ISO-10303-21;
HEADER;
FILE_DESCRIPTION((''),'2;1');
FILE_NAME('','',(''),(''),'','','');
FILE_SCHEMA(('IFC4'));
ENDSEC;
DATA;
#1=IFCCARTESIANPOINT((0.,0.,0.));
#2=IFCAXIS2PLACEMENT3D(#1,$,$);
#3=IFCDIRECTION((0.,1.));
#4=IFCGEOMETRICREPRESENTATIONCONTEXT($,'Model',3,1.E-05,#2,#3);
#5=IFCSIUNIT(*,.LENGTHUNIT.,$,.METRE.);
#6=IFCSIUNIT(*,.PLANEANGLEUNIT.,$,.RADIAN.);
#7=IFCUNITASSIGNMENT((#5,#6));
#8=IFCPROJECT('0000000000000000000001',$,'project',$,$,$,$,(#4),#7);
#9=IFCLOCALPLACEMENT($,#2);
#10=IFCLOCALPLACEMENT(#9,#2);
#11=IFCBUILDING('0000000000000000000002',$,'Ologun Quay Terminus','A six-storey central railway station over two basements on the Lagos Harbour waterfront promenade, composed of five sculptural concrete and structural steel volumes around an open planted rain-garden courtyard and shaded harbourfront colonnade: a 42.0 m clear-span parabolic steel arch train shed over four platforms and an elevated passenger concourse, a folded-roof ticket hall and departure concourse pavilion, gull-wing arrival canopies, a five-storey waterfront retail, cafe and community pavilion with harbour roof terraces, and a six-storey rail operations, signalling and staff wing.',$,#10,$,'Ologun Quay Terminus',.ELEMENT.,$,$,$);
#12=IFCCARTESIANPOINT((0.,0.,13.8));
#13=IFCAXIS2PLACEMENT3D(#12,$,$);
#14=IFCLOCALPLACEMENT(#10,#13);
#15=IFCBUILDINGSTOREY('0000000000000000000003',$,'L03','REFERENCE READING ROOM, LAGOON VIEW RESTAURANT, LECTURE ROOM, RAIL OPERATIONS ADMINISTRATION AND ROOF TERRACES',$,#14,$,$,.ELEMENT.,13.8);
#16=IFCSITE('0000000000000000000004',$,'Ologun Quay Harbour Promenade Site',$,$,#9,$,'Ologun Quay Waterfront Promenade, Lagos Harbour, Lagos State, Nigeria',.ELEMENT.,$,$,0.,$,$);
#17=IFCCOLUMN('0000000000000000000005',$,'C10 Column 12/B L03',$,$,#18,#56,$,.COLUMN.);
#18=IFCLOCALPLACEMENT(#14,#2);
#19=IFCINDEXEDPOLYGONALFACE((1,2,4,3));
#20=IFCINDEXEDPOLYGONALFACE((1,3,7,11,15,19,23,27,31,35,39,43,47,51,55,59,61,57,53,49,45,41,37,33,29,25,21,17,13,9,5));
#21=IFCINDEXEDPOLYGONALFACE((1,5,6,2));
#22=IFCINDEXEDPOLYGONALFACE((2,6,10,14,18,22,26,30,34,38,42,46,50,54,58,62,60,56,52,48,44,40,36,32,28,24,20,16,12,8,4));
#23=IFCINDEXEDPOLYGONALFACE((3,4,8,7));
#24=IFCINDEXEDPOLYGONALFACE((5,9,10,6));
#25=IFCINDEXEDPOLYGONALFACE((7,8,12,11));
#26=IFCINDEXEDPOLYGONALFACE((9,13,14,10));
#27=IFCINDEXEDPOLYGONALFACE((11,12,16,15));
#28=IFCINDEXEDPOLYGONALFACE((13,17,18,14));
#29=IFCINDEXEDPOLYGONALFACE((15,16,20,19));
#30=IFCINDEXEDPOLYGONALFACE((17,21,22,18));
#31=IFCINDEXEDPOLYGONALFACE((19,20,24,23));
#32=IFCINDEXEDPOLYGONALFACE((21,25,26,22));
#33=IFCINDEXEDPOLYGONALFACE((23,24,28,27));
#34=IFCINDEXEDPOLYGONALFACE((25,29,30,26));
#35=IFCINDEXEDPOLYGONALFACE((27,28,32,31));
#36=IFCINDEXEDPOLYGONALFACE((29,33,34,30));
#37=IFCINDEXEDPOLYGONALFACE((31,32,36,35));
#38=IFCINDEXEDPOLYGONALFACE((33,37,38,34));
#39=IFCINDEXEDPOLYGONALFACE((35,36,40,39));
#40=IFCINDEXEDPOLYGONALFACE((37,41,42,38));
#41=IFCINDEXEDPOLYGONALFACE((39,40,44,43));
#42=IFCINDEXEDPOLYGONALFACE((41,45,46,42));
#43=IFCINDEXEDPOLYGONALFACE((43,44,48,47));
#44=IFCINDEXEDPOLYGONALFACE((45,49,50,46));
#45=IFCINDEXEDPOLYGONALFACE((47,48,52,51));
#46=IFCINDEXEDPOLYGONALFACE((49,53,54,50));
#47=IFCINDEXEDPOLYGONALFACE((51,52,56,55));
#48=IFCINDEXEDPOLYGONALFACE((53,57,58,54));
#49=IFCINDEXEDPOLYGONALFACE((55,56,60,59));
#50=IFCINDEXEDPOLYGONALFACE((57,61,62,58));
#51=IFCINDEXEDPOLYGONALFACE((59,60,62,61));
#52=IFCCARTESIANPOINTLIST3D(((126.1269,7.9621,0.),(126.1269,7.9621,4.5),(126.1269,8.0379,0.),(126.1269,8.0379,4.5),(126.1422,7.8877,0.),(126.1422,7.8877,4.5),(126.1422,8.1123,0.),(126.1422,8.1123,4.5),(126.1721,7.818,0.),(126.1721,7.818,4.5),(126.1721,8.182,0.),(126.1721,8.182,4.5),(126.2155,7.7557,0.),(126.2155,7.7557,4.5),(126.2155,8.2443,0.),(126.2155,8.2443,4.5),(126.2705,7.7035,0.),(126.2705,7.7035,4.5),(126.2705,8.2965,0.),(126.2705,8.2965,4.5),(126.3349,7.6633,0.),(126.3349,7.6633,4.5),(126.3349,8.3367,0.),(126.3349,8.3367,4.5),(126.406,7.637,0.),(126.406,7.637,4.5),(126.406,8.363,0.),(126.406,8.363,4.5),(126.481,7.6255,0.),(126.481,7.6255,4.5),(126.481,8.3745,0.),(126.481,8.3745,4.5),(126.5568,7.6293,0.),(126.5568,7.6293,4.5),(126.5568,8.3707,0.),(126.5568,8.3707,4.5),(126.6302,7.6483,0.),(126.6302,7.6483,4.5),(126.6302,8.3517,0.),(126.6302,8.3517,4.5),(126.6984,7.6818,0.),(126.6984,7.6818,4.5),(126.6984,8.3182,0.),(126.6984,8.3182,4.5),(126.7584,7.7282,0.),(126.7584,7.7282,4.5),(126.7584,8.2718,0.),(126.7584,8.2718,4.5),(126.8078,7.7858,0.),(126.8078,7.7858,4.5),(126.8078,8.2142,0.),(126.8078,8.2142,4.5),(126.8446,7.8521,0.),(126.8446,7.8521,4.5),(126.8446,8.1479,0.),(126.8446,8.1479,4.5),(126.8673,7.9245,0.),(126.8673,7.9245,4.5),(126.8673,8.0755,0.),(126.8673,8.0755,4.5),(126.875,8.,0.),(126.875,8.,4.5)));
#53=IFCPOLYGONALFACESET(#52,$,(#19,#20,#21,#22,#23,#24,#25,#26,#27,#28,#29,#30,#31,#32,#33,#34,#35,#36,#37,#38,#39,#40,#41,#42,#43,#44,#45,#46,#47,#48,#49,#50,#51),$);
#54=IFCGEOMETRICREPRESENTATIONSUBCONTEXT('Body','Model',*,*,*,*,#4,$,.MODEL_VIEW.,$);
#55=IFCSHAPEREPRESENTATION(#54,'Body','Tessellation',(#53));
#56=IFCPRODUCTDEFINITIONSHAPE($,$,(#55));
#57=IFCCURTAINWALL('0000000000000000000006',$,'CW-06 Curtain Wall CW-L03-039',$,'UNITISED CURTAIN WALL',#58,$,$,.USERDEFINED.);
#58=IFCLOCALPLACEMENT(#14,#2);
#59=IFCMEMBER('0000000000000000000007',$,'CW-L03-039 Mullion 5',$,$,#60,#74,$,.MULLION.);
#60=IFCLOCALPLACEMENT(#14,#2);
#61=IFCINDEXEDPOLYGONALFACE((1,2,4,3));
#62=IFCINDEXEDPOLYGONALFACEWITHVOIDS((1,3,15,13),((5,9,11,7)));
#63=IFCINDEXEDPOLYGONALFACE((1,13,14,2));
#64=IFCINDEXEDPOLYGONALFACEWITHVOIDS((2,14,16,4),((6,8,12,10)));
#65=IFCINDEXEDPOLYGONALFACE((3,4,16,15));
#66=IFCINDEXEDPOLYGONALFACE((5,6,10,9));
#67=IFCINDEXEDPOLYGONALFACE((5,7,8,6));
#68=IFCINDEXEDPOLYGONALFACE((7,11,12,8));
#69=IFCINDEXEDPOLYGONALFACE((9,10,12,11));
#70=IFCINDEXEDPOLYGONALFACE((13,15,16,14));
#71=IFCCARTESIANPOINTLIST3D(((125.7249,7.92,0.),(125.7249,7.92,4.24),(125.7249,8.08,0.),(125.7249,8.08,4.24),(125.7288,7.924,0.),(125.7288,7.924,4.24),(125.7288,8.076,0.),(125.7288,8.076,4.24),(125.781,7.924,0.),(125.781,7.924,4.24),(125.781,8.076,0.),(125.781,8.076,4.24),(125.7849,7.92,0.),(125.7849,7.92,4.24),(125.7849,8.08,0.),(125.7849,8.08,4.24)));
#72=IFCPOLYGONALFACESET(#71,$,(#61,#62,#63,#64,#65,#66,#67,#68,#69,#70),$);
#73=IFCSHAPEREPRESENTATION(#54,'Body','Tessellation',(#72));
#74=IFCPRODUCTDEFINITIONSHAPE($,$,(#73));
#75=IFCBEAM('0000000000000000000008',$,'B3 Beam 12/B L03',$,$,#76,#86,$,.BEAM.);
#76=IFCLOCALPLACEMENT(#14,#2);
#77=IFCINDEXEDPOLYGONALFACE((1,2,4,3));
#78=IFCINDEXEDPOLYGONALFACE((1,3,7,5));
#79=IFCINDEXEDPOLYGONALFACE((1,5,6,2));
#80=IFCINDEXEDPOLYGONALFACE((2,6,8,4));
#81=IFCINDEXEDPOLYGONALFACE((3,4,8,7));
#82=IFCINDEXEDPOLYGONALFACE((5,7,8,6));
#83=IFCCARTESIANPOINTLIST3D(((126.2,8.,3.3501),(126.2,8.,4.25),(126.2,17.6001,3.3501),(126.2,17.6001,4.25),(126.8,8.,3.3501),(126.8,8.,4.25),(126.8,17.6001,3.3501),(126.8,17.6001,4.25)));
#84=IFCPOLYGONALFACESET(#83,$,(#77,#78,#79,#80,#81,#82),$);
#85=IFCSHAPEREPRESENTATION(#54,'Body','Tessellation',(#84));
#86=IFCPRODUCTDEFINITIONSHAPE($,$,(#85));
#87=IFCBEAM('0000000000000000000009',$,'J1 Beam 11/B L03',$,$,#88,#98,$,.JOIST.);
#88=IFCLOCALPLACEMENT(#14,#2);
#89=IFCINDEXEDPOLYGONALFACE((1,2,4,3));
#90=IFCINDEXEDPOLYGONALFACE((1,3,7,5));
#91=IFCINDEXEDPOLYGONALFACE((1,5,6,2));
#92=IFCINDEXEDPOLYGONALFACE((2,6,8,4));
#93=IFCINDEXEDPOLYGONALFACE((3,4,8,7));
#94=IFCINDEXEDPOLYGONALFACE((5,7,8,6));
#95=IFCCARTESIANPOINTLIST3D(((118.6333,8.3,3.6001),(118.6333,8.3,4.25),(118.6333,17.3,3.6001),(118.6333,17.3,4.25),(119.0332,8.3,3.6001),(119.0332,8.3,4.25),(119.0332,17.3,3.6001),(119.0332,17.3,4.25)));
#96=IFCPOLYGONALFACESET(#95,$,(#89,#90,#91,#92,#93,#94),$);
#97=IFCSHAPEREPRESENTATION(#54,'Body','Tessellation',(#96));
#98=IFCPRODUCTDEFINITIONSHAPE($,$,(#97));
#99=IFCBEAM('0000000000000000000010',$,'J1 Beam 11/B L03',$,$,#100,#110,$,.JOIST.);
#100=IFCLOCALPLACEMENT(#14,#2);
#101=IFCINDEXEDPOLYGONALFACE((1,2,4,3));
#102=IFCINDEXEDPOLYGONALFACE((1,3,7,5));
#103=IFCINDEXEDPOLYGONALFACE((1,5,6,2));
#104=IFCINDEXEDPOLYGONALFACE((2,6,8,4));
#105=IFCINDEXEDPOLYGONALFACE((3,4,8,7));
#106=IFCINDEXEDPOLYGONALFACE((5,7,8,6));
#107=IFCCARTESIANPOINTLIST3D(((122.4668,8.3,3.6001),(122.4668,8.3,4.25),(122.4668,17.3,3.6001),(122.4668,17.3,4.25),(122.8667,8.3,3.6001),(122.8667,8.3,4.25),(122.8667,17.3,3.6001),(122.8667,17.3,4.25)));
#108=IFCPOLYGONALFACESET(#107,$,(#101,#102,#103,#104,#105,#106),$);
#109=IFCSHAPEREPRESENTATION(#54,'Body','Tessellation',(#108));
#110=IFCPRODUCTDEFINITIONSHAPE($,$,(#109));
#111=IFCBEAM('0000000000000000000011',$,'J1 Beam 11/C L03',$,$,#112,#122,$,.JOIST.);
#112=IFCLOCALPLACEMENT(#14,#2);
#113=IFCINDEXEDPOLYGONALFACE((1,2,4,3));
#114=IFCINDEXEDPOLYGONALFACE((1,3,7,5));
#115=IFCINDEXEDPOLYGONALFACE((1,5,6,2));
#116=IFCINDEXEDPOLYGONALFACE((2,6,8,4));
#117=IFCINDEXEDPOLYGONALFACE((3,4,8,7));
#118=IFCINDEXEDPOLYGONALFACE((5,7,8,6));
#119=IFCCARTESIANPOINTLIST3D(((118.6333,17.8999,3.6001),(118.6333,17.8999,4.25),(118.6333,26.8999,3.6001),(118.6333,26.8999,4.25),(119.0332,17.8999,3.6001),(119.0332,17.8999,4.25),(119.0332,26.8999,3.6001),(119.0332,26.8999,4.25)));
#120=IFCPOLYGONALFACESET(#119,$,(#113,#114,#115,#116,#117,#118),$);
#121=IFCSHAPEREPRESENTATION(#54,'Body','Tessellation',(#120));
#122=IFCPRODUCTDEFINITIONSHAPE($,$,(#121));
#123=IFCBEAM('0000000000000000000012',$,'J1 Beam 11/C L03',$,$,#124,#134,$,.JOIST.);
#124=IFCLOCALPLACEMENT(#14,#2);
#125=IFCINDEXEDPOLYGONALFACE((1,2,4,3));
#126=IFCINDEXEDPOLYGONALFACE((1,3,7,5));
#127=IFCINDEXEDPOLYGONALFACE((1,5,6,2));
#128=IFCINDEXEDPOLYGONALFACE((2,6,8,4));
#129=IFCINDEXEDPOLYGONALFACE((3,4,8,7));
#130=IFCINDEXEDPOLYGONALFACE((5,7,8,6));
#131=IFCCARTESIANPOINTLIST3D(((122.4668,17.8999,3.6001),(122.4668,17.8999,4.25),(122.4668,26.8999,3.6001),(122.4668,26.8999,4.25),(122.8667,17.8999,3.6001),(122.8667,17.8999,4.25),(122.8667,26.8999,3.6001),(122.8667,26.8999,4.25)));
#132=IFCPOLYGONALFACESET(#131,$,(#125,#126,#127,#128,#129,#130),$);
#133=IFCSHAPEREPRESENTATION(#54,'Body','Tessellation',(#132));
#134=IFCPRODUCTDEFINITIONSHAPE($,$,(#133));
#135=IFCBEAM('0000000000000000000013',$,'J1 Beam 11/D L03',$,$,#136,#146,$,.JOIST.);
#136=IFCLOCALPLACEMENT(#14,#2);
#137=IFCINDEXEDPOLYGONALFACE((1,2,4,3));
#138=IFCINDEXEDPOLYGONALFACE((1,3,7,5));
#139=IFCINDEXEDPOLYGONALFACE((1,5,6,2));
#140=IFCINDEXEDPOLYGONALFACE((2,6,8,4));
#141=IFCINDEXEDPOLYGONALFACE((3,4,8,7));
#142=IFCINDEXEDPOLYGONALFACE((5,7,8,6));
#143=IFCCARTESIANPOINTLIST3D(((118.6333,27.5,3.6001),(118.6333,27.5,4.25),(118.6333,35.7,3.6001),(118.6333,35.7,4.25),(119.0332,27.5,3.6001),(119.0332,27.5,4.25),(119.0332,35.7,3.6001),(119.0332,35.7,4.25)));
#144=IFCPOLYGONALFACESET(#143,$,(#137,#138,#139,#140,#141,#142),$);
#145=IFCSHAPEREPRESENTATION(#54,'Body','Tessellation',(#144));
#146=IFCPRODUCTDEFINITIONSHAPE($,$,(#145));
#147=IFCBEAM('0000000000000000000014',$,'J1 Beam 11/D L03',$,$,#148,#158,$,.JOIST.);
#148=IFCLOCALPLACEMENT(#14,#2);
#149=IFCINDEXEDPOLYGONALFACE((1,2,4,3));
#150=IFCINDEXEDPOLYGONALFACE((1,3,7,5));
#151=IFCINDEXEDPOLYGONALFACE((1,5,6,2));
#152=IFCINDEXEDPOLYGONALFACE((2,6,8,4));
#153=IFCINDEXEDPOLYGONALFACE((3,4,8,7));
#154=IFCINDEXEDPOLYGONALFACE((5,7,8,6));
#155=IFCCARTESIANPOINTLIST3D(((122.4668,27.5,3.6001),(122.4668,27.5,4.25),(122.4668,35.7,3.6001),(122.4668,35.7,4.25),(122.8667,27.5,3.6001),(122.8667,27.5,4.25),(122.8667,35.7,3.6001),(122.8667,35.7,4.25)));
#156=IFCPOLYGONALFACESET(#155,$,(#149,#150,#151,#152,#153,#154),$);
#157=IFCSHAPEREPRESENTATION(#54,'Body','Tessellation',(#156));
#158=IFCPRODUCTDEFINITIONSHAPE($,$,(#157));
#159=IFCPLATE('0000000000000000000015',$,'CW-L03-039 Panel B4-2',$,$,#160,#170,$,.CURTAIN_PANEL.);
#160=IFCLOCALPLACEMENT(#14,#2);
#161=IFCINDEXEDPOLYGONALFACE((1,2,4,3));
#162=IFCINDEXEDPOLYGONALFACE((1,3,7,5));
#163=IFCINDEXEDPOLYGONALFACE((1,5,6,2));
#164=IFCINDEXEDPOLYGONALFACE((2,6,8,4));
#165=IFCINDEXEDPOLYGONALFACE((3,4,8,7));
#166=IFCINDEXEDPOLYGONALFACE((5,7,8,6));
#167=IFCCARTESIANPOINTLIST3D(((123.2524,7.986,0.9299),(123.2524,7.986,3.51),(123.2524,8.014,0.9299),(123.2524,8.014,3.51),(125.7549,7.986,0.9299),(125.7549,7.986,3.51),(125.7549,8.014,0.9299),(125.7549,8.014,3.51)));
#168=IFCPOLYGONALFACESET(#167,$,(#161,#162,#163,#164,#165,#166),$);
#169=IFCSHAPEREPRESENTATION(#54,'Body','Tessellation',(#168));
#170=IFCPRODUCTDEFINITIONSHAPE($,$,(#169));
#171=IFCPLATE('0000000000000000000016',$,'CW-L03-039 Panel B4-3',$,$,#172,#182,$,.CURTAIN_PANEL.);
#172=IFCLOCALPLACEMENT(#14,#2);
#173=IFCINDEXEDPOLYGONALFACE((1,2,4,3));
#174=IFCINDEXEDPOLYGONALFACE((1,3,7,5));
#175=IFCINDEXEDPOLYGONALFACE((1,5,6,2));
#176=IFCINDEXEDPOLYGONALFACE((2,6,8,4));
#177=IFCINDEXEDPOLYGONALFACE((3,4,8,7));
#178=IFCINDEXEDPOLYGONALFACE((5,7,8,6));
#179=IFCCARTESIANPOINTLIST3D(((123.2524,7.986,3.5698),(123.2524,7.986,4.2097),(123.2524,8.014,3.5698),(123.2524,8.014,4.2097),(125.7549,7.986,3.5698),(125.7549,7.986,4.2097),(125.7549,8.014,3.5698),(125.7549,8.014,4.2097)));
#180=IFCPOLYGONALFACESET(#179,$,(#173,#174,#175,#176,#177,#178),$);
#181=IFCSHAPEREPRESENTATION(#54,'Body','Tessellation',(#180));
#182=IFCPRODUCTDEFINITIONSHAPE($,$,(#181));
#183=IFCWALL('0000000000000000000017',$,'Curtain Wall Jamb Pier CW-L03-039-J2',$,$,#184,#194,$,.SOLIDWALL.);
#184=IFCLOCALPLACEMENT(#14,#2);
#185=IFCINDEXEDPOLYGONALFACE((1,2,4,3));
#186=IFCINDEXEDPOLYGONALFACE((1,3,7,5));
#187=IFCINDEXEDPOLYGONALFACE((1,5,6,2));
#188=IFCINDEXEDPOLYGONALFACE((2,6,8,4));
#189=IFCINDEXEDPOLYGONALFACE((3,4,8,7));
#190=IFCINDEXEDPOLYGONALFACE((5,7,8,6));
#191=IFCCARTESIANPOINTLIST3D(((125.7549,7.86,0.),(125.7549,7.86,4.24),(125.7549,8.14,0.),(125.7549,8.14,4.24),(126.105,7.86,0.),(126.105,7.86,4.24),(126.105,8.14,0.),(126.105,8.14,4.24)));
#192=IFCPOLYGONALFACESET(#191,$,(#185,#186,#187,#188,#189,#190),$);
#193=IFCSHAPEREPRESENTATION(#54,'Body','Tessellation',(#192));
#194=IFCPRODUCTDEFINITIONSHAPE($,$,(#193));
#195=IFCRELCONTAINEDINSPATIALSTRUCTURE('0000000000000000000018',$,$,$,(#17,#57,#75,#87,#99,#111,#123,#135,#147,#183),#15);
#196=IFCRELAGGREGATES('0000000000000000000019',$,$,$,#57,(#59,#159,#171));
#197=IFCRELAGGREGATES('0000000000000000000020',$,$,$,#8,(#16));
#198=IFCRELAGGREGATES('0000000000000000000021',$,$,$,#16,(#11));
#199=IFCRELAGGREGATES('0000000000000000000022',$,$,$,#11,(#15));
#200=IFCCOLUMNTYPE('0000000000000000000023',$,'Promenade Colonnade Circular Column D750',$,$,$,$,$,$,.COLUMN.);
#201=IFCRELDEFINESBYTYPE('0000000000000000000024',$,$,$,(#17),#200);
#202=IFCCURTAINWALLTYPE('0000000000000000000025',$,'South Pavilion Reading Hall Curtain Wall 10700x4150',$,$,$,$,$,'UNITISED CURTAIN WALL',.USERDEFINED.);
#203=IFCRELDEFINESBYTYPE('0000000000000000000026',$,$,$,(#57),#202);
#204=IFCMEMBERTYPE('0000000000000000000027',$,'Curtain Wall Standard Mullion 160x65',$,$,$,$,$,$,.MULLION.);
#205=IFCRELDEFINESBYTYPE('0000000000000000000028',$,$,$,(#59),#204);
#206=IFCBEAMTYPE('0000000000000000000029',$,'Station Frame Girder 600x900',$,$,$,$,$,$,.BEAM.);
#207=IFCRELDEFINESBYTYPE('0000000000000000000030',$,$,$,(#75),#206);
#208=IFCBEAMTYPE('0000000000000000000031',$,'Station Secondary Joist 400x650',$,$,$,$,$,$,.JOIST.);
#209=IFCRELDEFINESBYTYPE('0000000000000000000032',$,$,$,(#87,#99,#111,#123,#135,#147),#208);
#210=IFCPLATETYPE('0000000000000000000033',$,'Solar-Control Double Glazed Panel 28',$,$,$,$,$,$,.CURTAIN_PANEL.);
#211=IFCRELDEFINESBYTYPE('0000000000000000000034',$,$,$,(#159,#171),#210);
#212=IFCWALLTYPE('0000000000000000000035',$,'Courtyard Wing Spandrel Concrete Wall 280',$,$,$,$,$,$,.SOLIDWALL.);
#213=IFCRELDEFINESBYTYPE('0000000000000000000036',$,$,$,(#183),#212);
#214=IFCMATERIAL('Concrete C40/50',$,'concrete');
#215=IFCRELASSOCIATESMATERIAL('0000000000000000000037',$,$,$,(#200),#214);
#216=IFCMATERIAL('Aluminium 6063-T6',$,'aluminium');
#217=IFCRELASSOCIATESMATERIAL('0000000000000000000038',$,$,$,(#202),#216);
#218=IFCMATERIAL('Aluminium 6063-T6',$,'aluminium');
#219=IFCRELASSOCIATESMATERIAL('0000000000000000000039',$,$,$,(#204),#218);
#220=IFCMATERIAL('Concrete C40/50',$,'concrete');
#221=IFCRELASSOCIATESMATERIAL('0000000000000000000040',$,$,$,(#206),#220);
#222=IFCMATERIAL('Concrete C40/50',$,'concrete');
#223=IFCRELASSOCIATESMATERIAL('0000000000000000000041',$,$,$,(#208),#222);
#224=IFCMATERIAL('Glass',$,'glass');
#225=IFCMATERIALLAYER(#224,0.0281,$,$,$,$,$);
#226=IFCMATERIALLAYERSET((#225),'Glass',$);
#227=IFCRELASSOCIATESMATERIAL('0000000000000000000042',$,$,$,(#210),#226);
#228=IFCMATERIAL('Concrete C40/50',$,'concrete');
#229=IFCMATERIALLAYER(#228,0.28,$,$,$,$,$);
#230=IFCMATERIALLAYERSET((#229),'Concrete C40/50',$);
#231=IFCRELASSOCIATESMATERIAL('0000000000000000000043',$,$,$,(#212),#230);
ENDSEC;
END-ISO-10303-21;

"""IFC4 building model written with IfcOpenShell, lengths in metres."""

from ifc_helpers import new_model, si_unit, direction, frame, frame_2d, origin, origin_2d, place, context, subcontext, project, spatial, rectangle, hollow_rectangle, circle, extrude, material, layer, layer_set, material_profile, profile_set, type_object, element, aggregate, save


model = new_model("IFC4")

# Units and contexts
model_context = context("Model", 3, precision=1e-05, world=origin(), true_north=direction((0.0, 1.0)))
body_context = subcontext(model_context, "Body", "Model", "MODEL_VIEW")
ifc_project = project(units=[si_unit("LENGTHUNIT", "METRE"), si_unit("PLANEANGLEUNIT", "RADIAN")], contexts=[model_context])

# Site, building, storey
site_placement = place(None, origin())
site = spatial("IfcSite", under=ifc_project, at=site_placement, Name="Ologun Quay Harbour Promenade Site", LongName="Ologun Quay Waterfront Promenade, Lagos Harbour, Lagos State, Nigeria", CompositionType="ELEMENT", RefElevation=0.0)
building_placement = place(site_placement, origin())
building = spatial("IfcBuilding", under=site, at=building_placement, Name="Ologun Quay Terminus", Description="A six-storey central railway station over two basements on the Lagos Harbour waterfront promenade, composed of five sculptural concrete and structural steel volumes around an open planted rain-garden courtyard and shaded harbourfront colonnade: a 42.0 m clear-span parabolic steel arch train shed over four platforms and an elevated passenger concourse, a folded-roof ticket hall and departure concourse pavilion, gull-wing arrival canopies, a five-storey waterfront retail, cafe and community pavilion with harbour roof terraces, and a six-storey rail operations, signalling and staff wing.", LongName="Ologun Quay Terminus", CompositionType="ELEMENT")
storey_placement = place(building_placement, frame((0.0, 0.0, 13.8)))
storey = spatial("IfcBuildingStorey", under=building, at=storey_placement, Name="L03", Description="REFERENCE READING ROOM, LAGOON VIEW RESTAURANT, LECTURE ROOM, RAIL OPERATIONS ADMINISTRATION AND ROOF TERRACES", CompositionType="ELEMENT", Elevation=13.8)

# Column
ifc_material_1 = material(Name="Concrete C40/50", Category="concrete")
ifc_material_profile_1 = material_profile(ifc_material_1, circle(Radius=0.375, at=origin_2d()), Name="RC D750")
ifc_profile_set_1 = profile_set([ifc_material_profile_1], Name="Concrete C40/50")
column_type = type_object("IfcColumnType", Name="Promenade Colonnade Circular Column D750", PredefinedType="COLUMN", material=ifc_profile_set_1)
column_placement = place(storey_placement, frame((126.5, 8.0, 0.0), z_axis=(0.0, 0.0, 1.0), x_axis=(1.0, 0.0, 0.0)))
element("IfcColumn", 1, at=column_placement, inside=storey, type_object=column_type, Name="C10 Column 12/B L03", PredefinedType="COLUMN", context=body_context, shape_type="SweptSolid", body=[
    extrude(circle(Radius=0.375, at=origin_2d()), origin(), (0.0, 0.0, 1.0), 4.5),
])

# Curtain wall, member
ifc_material_2 = material(Name="Aluminium 6063-T6", Category="aluminium")
curtain_wall_type = type_object("IfcCurtainWallType", Name="South Pavilion Reading Hall Curtain Wall 10700x4150", ElementType="UNITISED CURTAIN WALL", PredefinedType="USERDEFINED", material=ifc_material_2)
curtain_wall_placement = place(storey_placement, origin())
curtain_wall = element("IfcCurtainWall", 2, at=curtain_wall_placement, inside=storey, type_object=curtain_wall_type, Name="CW-06 Curtain Wall CW-L03-039", ObjectType="UNITISED CURTAIN WALL", PredefinedType="USERDEFINED")
ifc_material_3 = material(Name="Aluminium 6063-T6", Category="aluminium")
ifc_material_profile_2 = material_profile(ifc_material_3, hollow_rectangle(XDim=0.0601, YDim=0.1599, WallThickness=0.0039, at=origin_2d()), Name="ALU 160x60x4")
ifc_profile_set_2 = profile_set([ifc_material_profile_2], Name="Aluminium 6063-T6")
member_type = type_object("IfcMemberType", Name="Curtain Wall Standard Mullion 160x65", PredefinedType="MULLION", material=ifc_profile_set_2)
member_placement = place(storey_placement, frame((125.7549, 8.0, 0.0), z_axis=(0.0, 0.0, 1.0), x_axis=(1.0, 0.0, 0.0)))
member = element("IfcMember", 3, at=member_placement, type_object=member_type, Name="CW-L03-039 Mullion 5", PredefinedType="MULLION", context=body_context, shape_type="SweptSolid", body=[
    extrude(hollow_rectangle(XDim=0.0601, YDim=0.1599, WallThickness=0.0039, at=origin_2d()), origin(), (0.0, 0.0, 1.0), 4.24),
])

# Beams
ifc_material_4 = material(Name="Concrete C40/50", Category="concrete")
ifc_material_profile_3 = material_profile(ifc_material_4, rectangle(XDim=0.6001, YDim=0.8999, at=origin_2d()), Name="RC 600x900")
ifc_profile_set_3 = profile_set([ifc_material_profile_3], Name="Concrete C40/50")
beam_type_1 = type_object("IfcBeamType", Name="Station Frame Girder 600x900", PredefinedType="BEAM", material=ifc_profile_set_3)
beam_placement = place(storey_placement, frame((126.5, 8.0, 3.8), z_axis=(0.0, 1.0, 0.0), x_axis=(-1.0, 0.0, 0.0)))
element("IfcBeam", 4, at=beam_placement, inside=storey, type_object=beam_type_1, Name="B3 Beam 12/B L03", PredefinedType="BEAM", context=body_context, shape_type="SweptSolid", body=[
    extrude(rectangle(XDim=0.6001, YDim=0.8999, at=origin_2d()), origin(), (0.0, 0.0, 1.0), 9.6001),
])
ifc_material_5 = material(Name="Concrete C40/50", Category="concrete")
ifc_material_profile_4 = material_profile(ifc_material_5, rectangle(XDim=0.3999, YDim=0.6499, at=origin_2d()), Name="RC 400x650")
ifc_profile_set_4 = profile_set([ifc_material_profile_4], Name="Concrete C40/50")
beam_type_2 = type_object("IfcBeamType", Name="Station Secondary Joist 400x650", PredefinedType="JOIST", material=ifc_profile_set_4)
for number, where, z_axis, x_axis, name in (
    (5, (118.8333, 8.3, 3.925), (0.0, 1.0, 0.0), (-1.0, 0.0, 0.0), "J1 Beam 11/B L03"),
    (6, (122.6667, 8.3, 3.925), (0.0, 1.0, 0.0), (-1.0, 0.0, 0.0), "J1 Beam 11/B L03"),
    (7, (118.8333, 17.8999, 3.925), (0.0, 1.0, 0.0), (-1.0, 0.0, 0.0), "J1 Beam 11/C L03"),
    (8, (122.6667, 17.8999, 3.925), (0.0, 1.0, 0.0), (-1.0, 0.0, 0.0), "J1 Beam 11/C L03"),
):
    element("IfcBeam", number, at=place(storey_placement, frame(where, z_axis=z_axis, x_axis=x_axis)), inside=storey, type_object=beam_type_2, Name=name, PredefinedType="JOIST", context=body_context, shape_type="SweptSolid", body=[
        extrude(rectangle(XDim=0.3999, YDim=0.6499, at=origin_2d()), origin(), (0.0, 0.0, 1.0), 9.0),
    ])
for number, where, z_axis, x_axis, name in (
    (9, (118.8333, 27.5, 3.925), (0.0, 1.0, 0.0), (-1.0, 0.0, 0.0), "J1 Beam 11/D L03"),
    (10, (122.6667, 27.5, 3.925), (0.0, 1.0, 0.0), (-1.0, 0.0, 0.0), "J1 Beam 11/D L03"),
):
    element("IfcBeam", number, at=place(storey_placement, frame(where, z_axis=z_axis, x_axis=x_axis)), inside=storey, type_object=beam_type_2, Name=name, PredefinedType="JOIST", context=body_context, shape_type="SweptSolid", body=[
        extrude(rectangle(XDim=0.3999, YDim=0.6499, at=origin_2d()), origin(), (0.0, 0.0, 1.0), 8.2),
    ])

# Plates
ifc_material_6 = material(Name="Glass", Category="glass")
ifc_layer_1 = layer(ifc_material_6, 0.0281)
ifc_layer_set_1 = layer_set([ifc_layer_1], Name="Glass")
plate_type = type_object("IfcPlateType", Name="Solar-Control Double Glazed Panel 28", PredefinedType="CURTAIN_PANEL", material=ifc_layer_set_1)
plate_1_placement = place(storey_placement, frame((124.5037, 8.0, 0.9299), z_axis=(0.0, 0.0, 1.0), x_axis=(1.0, 0.0, 0.0)))
plate_1 = element("IfcPlate", 11, at=plate_1_placement, type_object=plate_type, Name="CW-L03-039 Panel B4-2", PredefinedType="CURTAIN_PANEL", context=body_context, shape_type="SweptSolid", body=[
    extrude(rectangle(XDim=2.5024, YDim=0.0281, at=origin_2d()), origin(), (0.0, 0.0, 1.0), 2.5801),
])
plate_2_placement = place(storey_placement, frame((124.5037, 8.0, 3.5698), z_axis=(0.0, 0.0, 1.0), x_axis=(1.0, 0.0, 0.0)))
plate_2 = element("IfcPlate", 12, at=plate_2_placement, type_object=plate_type, Name="CW-L03-039 Panel B4-3", PredefinedType="CURTAIN_PANEL", context=body_context, shape_type="SweptSolid", body=[
    extrude(rectangle(XDim=2.5024, YDim=0.0281, at=origin_2d()), origin(), (0.0, 0.0, 1.0), 0.6399),
])
aggregate(curtain_wall, [member, plate_1, plate_2])

# Wall
ifc_material_7 = material(Name="Concrete C40/50", Category="concrete")
ifc_layer_2 = layer(ifc_material_7, 0.28)
ifc_layer_set_2 = layer_set([ifc_layer_2], Name="Concrete C40/50")
wall_type_1 = type_object("IfcWallType", Name="Courtyard Wing Spandrel Concrete Wall 280", PredefinedType="SOLIDWALL", material=ifc_layer_set_2)
wall_1_placement = place(storey_placement, frame((125.7549, 8.0, 0.0), z_axis=(0.0, 0.0, 1.0), x_axis=(1.0, 0.0, 0.0)))
element("IfcWall", 13, at=wall_1_placement, inside=storey, type_object=wall_type_1, Name="Curtain Wall Jamb Pier CW-L03-039-J2", PredefinedType="SOLIDWALL", context=body_context, shape_type="SweptSolid", body=[
    extrude(rectangle(XDim=0.3501, YDim=0.28, at=frame_2d((0.175, 0.0))), origin(), (0.0, 0.0, 1.0), 4.24),
])

save(model, "model.ifc")
